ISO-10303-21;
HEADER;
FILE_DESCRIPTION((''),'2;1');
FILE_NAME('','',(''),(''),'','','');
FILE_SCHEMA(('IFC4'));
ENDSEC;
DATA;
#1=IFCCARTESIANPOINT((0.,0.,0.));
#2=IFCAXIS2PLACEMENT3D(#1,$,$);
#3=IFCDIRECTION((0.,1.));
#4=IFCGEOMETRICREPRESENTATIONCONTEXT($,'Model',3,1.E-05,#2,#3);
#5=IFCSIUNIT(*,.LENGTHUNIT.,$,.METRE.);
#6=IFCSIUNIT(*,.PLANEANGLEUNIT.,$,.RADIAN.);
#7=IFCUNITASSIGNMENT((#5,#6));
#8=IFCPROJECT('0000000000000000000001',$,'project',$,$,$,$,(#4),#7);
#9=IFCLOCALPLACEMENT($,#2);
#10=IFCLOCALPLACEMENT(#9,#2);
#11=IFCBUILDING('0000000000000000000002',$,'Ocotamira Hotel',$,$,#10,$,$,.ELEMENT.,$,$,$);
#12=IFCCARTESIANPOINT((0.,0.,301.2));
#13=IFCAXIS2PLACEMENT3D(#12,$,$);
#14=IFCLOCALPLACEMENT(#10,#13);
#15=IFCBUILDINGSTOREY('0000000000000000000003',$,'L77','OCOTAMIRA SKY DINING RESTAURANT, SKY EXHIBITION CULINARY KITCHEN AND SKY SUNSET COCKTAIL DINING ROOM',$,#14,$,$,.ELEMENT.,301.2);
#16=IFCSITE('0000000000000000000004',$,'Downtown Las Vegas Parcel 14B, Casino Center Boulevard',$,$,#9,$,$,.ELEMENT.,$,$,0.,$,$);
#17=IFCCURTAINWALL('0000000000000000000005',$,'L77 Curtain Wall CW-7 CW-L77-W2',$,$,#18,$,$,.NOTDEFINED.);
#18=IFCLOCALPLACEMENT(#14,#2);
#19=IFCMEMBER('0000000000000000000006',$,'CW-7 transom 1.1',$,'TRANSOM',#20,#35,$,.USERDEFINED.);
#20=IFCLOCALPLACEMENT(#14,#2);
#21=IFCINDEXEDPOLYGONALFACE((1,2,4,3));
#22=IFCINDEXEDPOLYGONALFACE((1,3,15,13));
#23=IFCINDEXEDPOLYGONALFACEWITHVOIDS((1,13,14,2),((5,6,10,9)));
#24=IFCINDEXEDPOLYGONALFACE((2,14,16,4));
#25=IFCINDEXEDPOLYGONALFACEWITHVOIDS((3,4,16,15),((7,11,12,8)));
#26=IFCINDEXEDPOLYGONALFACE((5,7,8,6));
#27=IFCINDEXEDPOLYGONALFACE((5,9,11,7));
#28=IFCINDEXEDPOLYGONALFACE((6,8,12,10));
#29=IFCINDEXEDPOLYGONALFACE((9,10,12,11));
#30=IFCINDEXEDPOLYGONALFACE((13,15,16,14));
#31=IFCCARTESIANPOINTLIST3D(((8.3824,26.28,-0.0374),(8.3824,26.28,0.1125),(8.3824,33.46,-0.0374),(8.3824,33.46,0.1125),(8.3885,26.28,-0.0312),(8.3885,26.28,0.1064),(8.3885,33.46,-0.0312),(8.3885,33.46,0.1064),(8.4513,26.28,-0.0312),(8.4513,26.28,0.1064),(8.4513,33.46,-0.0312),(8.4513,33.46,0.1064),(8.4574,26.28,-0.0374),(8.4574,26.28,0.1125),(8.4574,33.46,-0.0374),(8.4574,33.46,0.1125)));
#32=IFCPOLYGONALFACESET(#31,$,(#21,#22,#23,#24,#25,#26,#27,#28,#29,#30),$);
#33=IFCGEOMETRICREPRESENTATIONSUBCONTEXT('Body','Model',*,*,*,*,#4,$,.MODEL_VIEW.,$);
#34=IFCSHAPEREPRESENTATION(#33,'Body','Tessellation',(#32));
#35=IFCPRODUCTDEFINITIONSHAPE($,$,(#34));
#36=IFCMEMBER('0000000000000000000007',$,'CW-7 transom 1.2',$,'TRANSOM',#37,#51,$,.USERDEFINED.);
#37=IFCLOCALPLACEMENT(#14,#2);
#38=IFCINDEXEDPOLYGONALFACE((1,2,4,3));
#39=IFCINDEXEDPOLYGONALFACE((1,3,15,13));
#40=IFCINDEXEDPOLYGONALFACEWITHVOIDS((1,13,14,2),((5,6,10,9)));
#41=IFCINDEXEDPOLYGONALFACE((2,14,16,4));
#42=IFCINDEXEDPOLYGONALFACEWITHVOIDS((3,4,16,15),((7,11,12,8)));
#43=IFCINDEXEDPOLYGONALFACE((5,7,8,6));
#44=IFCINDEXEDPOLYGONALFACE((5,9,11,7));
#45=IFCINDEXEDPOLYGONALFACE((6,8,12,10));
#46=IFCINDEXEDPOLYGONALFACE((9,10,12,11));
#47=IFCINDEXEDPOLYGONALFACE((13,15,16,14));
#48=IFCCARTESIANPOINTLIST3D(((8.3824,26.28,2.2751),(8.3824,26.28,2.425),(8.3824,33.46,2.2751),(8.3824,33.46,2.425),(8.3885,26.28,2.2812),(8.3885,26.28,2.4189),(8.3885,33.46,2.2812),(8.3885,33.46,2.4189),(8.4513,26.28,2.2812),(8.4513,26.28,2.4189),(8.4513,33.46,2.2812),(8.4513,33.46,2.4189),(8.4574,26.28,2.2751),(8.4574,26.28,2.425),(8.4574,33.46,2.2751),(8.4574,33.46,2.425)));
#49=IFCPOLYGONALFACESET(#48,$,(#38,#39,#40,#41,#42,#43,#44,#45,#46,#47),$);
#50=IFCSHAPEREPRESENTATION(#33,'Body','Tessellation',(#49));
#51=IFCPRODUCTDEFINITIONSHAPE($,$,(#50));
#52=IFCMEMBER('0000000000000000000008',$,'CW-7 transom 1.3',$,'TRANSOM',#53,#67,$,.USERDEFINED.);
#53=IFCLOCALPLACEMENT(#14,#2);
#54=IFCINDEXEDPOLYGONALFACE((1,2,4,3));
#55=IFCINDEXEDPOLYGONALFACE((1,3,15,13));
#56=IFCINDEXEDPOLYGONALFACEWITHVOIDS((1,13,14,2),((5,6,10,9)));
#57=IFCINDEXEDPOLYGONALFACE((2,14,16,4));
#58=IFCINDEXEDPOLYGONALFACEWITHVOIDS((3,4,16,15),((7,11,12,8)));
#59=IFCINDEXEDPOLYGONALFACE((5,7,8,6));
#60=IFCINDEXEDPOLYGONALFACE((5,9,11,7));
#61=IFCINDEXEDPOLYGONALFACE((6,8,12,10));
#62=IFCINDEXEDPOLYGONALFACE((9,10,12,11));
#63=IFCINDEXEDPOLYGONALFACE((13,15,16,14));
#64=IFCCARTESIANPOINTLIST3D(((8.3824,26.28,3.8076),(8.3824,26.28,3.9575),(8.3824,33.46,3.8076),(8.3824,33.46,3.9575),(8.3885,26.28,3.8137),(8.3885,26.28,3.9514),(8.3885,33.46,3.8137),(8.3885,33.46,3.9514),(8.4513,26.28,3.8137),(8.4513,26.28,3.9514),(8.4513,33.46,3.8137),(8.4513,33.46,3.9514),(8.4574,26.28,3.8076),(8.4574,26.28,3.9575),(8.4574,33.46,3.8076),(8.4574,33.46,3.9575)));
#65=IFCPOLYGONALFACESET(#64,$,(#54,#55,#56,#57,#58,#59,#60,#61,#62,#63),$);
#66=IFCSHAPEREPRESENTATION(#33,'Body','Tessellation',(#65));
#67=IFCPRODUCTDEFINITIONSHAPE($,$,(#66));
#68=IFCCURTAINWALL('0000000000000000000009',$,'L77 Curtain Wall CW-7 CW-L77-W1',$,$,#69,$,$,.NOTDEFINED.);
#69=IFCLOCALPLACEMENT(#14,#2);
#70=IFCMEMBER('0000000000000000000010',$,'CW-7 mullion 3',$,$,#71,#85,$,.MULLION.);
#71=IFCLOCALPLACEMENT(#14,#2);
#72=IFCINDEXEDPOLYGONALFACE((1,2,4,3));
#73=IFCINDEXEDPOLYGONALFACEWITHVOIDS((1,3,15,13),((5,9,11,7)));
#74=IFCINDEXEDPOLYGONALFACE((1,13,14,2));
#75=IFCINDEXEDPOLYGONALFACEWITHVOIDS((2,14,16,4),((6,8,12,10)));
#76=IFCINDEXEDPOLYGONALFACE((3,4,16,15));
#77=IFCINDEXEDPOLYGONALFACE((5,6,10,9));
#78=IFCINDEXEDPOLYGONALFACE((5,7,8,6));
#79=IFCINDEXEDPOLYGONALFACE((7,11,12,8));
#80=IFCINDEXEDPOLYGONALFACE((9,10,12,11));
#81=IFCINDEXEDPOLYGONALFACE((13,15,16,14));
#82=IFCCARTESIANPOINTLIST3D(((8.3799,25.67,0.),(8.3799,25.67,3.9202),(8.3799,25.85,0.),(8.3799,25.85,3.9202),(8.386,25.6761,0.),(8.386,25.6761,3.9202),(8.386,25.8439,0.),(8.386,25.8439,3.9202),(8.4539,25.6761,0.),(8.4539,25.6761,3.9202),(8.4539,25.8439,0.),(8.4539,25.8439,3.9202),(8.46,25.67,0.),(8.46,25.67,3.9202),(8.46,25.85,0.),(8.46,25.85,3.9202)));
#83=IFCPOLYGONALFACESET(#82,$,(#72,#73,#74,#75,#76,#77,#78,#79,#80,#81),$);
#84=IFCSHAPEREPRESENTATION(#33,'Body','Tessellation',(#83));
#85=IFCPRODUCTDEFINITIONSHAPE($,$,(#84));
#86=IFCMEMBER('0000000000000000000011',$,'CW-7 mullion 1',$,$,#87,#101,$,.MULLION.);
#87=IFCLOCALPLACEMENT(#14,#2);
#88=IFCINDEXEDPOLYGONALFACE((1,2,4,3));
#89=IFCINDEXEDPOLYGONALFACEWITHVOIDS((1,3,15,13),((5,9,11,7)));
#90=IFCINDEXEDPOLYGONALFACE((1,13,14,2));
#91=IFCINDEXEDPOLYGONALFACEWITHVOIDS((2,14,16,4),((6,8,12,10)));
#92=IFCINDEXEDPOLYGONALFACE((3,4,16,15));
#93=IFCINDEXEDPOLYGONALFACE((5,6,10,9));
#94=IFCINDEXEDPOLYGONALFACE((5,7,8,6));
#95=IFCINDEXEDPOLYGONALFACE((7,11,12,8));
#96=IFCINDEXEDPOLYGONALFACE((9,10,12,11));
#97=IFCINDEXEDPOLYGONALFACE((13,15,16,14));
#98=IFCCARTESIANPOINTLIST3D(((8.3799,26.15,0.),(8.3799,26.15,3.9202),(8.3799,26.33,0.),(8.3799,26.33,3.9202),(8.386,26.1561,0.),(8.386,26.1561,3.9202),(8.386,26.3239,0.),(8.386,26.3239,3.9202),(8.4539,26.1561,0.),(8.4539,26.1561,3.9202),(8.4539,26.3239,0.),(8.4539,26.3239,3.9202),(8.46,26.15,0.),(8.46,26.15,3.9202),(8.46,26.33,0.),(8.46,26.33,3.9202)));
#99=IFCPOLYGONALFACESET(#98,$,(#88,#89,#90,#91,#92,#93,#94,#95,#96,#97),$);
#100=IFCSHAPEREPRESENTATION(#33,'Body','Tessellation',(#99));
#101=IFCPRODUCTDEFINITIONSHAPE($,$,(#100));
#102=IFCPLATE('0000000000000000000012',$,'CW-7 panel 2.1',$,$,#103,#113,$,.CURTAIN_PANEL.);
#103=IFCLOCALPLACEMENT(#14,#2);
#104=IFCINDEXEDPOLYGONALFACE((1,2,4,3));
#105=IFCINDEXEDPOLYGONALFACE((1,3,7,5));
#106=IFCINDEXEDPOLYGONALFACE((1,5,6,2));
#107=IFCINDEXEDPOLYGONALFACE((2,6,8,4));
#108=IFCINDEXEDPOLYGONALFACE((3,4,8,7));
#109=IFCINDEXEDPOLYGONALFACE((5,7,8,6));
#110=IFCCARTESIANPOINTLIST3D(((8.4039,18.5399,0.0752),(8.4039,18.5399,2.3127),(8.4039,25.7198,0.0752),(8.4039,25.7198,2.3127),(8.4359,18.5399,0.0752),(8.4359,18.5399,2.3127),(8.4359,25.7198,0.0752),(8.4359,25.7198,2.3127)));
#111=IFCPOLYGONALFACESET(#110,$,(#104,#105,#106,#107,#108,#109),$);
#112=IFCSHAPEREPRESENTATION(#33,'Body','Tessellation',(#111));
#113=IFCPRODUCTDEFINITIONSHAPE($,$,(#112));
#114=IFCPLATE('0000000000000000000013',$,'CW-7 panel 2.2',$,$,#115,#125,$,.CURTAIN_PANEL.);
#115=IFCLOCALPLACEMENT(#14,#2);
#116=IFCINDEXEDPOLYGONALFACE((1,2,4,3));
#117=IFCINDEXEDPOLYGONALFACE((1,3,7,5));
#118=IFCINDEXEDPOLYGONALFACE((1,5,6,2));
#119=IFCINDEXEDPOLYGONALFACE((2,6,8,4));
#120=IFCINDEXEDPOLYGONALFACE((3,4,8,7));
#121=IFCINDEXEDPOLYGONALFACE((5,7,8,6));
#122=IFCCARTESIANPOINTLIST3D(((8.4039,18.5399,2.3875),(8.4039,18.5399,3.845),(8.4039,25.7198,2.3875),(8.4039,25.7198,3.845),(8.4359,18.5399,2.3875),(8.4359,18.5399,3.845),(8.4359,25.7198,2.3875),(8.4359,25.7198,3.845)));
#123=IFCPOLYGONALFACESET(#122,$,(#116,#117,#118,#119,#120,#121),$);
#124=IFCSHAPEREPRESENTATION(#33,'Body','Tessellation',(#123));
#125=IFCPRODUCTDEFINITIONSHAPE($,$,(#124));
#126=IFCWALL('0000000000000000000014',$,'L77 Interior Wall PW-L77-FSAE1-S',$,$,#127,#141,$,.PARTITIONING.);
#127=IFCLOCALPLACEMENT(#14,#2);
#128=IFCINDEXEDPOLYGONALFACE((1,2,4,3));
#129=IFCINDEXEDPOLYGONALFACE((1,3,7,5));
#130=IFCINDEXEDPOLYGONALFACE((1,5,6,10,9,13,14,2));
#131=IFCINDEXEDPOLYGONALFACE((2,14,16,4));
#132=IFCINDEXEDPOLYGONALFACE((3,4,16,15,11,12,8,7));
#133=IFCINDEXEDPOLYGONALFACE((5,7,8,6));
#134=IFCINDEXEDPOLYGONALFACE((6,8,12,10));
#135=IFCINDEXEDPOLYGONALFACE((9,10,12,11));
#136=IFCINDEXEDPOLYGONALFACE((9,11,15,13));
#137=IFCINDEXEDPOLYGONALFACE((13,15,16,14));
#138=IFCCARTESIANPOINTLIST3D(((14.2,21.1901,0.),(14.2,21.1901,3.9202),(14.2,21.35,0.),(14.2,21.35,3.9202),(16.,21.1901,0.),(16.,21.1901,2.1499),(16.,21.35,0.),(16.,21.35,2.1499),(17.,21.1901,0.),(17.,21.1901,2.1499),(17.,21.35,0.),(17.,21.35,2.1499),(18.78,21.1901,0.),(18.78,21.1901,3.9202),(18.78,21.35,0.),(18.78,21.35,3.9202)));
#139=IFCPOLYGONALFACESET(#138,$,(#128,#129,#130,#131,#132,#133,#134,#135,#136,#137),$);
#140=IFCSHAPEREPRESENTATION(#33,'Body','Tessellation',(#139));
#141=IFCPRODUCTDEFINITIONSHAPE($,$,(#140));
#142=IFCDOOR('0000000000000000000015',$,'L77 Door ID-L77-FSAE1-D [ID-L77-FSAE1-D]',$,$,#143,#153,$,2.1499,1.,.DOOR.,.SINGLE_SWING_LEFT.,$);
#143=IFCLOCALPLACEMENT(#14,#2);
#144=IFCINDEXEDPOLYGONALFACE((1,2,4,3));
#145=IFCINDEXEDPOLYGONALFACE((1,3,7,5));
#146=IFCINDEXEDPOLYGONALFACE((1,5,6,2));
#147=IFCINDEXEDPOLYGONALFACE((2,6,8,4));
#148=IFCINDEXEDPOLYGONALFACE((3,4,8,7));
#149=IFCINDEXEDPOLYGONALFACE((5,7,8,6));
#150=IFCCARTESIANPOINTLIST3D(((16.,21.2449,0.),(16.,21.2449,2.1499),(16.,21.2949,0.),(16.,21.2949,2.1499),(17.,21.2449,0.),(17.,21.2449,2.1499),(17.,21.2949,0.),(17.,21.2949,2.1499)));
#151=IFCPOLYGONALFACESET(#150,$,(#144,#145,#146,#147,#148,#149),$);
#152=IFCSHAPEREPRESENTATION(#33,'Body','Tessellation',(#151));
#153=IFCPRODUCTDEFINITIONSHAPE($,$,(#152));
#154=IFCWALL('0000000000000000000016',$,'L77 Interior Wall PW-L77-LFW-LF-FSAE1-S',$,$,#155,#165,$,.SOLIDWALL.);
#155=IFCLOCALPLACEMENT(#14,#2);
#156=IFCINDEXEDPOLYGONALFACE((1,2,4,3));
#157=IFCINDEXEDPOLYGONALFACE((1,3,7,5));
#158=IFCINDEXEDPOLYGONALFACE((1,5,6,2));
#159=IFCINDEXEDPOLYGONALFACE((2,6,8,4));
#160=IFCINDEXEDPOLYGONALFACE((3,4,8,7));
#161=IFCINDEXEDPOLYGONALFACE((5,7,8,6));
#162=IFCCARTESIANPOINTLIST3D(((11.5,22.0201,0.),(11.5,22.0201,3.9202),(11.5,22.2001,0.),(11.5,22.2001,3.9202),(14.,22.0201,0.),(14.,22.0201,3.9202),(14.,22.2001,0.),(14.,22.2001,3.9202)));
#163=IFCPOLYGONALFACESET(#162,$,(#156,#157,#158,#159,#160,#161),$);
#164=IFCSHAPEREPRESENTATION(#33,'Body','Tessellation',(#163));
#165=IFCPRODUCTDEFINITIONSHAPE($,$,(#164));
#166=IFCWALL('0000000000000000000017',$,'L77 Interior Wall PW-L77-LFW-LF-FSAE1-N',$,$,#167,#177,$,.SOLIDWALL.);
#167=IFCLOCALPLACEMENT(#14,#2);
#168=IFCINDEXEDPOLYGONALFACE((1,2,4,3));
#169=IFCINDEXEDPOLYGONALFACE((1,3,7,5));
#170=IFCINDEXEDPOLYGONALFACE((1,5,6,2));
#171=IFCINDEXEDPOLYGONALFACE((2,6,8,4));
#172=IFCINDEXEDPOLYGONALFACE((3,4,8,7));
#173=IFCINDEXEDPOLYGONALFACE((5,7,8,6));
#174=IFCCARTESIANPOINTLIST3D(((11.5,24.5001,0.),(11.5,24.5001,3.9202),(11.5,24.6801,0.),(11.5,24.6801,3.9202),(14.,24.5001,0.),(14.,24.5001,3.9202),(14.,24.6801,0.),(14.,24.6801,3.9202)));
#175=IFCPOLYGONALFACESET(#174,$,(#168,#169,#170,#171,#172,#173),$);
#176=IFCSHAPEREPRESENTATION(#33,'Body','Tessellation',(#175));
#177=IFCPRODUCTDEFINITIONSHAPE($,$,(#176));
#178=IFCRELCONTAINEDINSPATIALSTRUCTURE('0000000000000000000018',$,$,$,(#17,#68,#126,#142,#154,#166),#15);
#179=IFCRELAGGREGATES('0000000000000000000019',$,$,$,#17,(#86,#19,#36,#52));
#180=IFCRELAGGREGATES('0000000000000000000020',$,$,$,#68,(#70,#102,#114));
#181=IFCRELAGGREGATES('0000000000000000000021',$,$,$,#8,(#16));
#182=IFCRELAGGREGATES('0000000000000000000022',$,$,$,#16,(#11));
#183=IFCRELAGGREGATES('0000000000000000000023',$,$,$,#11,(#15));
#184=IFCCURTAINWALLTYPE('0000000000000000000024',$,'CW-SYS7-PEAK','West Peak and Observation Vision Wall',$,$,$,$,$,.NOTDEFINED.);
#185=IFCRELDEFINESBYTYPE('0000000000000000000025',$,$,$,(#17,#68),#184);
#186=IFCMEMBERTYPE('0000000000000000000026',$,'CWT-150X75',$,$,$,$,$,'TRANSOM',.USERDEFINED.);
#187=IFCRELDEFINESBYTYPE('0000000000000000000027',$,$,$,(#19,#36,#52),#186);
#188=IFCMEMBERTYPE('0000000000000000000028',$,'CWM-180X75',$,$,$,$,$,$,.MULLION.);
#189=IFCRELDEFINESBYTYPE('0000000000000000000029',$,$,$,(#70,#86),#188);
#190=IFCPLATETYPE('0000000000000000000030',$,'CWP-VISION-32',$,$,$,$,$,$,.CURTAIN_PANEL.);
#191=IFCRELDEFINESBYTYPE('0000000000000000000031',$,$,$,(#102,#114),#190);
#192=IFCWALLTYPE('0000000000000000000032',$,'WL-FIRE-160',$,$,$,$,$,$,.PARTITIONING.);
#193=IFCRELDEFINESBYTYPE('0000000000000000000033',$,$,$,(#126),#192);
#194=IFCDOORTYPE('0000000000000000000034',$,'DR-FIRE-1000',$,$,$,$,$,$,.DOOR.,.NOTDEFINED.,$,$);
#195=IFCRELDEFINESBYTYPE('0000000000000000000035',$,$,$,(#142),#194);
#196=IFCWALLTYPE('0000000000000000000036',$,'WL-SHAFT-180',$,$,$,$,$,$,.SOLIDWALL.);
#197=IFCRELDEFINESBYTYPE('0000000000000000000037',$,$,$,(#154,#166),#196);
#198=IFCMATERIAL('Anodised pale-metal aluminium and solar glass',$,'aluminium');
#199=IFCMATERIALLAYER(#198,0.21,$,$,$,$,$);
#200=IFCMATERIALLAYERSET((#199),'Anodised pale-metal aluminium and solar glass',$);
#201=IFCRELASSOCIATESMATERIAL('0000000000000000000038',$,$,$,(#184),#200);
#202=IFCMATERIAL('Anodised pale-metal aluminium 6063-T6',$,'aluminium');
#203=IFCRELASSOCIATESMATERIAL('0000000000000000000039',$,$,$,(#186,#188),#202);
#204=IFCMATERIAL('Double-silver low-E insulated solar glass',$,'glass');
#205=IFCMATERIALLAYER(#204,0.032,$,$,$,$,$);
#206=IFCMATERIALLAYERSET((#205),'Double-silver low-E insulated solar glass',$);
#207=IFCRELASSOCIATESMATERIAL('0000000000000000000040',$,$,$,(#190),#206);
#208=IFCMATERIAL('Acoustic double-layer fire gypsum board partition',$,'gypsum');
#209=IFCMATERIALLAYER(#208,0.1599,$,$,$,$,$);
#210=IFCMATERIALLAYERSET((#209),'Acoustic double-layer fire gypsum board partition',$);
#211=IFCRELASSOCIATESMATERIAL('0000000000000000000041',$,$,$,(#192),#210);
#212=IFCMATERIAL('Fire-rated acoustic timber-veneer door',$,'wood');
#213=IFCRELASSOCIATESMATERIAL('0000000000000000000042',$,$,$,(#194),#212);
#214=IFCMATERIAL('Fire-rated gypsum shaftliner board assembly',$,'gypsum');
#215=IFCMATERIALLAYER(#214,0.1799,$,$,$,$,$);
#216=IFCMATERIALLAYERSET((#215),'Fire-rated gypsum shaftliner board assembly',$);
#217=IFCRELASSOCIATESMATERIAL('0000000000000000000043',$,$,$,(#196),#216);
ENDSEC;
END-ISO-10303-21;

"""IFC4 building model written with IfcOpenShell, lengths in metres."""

from ifc_helpers import new_model, si_unit, direction, frame, frame_2d, origin, origin_2d, place, context, subcontext, project, spatial, rectangle, hollow_rectangle, extrude, source, transform, mapped, material, layer, layer_set, material_profile, profile_set, type_object, element, fill, aggregate, save


model = new_model("IFC4")

# Units and contexts
model_context = context("Model", 3, precision=1e-05, world=origin(), true_north=direction((0.0, 1.0)))
body_context = subcontext(model_context, "Body", "Model", "MODEL_VIEW")
ifc_project = project(units=[si_unit("LENGTHUNIT", "METRE"), si_unit("PLANEANGLEUNIT", "RADIAN")], contexts=[model_context])

# Site, building, storey
site_placement = place(None, origin())
site = spatial("IfcSite", under=ifc_project, at=site_placement, Name="Downtown Las Vegas Parcel 14B, Casino Center Boulevard", CompositionType="ELEMENT", RefElevation=0.0)
building_placement = place(site_placement, origin())
building = spatial("IfcBuilding", under=site, at=building_placement, Name="Ocotamira Hotel", CompositionType="ELEMENT")
storey_placement = place(building_placement, frame((0.0, 0.0, 301.2)))
storey = spatial("IfcBuildingStorey", under=building, at=storey_placement, Name="L77", Description="OCOTAMIRA SKY DINING RESTAURANT, SKY EXHIBITION CULINARY KITCHEN AND SKY SUNSET COCKTAIL DINING ROOM", CompositionType="ELEMENT", Elevation=301.2)

# Curtain wall, members
ifc_material_1 = material(Name="Anodised pale-metal aluminium and solar glass", Category="aluminium")
ifc_layer_1 = layer(ifc_material_1, 0.21)
ifc_layer_set_1 = layer_set([ifc_layer_1], Name="Anodised pale-metal aluminium and solar glass")
curtain_wall_type = type_object("IfcCurtainWallType", Name="CW-SYS7-PEAK", Description="West Peak and Observation Vision Wall", PredefinedType="NOTDEFINED", material=ifc_layer_set_1)
curtain_wall_1_placement = place(storey_placement, origin())
curtain_wall_1 = element("IfcCurtainWall", 1, at=curtain_wall_1_placement, inside=storey, type_object=curtain_wall_type, Name="L77 Curtain Wall CW-7 CW-L77-W2", PredefinedType="NOTDEFINED")
ifc_material_2 = material(Name="Anodised pale-metal aluminium 6063-T6", Category="aluminium")
ifc_material_profile_1 = material_profile(ifc_material_2, hollow_rectangle(XDim=0.075, YDim=0.1499, WallThickness=0.0061, at=origin_2d()), Name="HSS150X75X6")
ifc_profile_set_1 = profile_set([ifc_material_profile_1], Name="Anodised pale-metal aluminium 6063-T6")
member_type_1 = type_object("IfcMemberType", Name="CWT-150X75", ElementType="TRANSOM", PredefinedType="USERDEFINED", material=ifc_profile_set_1)
shared_shape_1 = source(origin(), body_context, "Body", "SweptSolid", [
    extrude(hollow_rectangle(XDim=0.075, YDim=0.1499, WallThickness=0.0061, at=origin_2d()), origin(), (0.0, 0.0, 1.0), 7.1799),
])
member_1_placement = place(storey_placement, frame((8.4199, 26.28, 0.0376), z_axis=(0.0, 1.0, 0.0), x_axis=(-1.0, 0.0, 0.0)))
member_1 = element("IfcMember", 2, at=member_1_placement, type_object=member_type_1, Name="CW-7 transom 1.1", ObjectType="TRANSOM", PredefinedType="USERDEFINED", context=body_context, shape_type="MappedRepresentation", body=[
    mapped(shared_shape_1, transform((0.0, 0.0, 0.0), scale=1.0)),
])
member_2_placement = place(storey_placement, frame((8.4199, 26.28, 2.3501), z_axis=(0.0, 1.0, 0.0), x_axis=(-1.0, 0.0, 0.0)))
member_2 = element("IfcMember", 3, at=member_2_placement, type_object=member_type_1, Name="CW-7 transom 1.2", ObjectType="TRANSOM", PredefinedType="USERDEFINED", context=body_context, shape_type="MappedRepresentation", body=[
    mapped(shared_shape_1, transform((0.0, 0.0, 0.0), scale=1.0)),
])
member_3_placement = place(storey_placement, frame((8.4199, 26.28, 3.8826), z_axis=(0.0, 1.0, 0.0), x_axis=(-1.0, 0.0, 0.0)))
member_3 = element("IfcMember", 4, at=member_3_placement, type_object=member_type_1, Name="CW-7 transom 1.3", ObjectType="TRANSOM", PredefinedType="USERDEFINED", context=body_context, shape_type="MappedRepresentation", body=[
    mapped(shared_shape_1, transform((0.0, 0.0, 0.0), scale=1.0)),
])

# Curtain wall, member
curtain_wall_2_placement = place(storey_placement, origin())
curtain_wall_2 = element("IfcCurtainWall", 5, at=curtain_wall_2_placement, inside=storey, type_object=curtain_wall_type, Name="L77 Curtain Wall CW-7 CW-L77-W1", PredefinedType="NOTDEFINED")
ifc_material_profile_2 = material_profile(ifc_material_2, hollow_rectangle(XDim=0.0801, YDim=0.1799, WallThickness=0.0061, at=origin_2d()), Name="HSS180X80X6")
ifc_profile_set_2 = profile_set([ifc_material_profile_2], Name="Anodised pale-metal aluminium 6063-T6")
member_type_2 = type_object("IfcMemberType", Name="CWM-180X75", PredefinedType="MULLION", material=ifc_profile_set_2)
shared_shape_2 = source(origin(), body_context, "Body", "SweptSolid", [
    extrude(hollow_rectangle(XDim=0.0801, YDim=0.1799, WallThickness=0.0061, at=origin_2d()), origin(), (0.0, 0.0, 1.0), 3.9202),
])
member_4_placement = place(storey_placement, frame((8.4199, 25.76, 0.0), z_axis=(0.0, 0.0, 1.0), x_axis=(-1.0, 0.0, 0.0)))
member_4 = element("IfcMember", 6, at=member_4_placement, type_object=member_type_2, Name="CW-7 mullion 3", PredefinedType="MULLION", context=body_context, shape_type="MappedRepresentation", body=[
    mapped(shared_shape_2, transform((0.0, 0.0, 0.0), scale=1.0)),
])

# Member
member_5_placement = place(storey_placement, frame((8.4199, 26.24, 0.0), z_axis=(0.0, 0.0, 1.0), x_axis=(-1.0, 0.0, 0.0)))
member_5 = element("IfcMember", 7, at=member_5_placement, type_object=member_type_2, Name="CW-7 mullion 1", PredefinedType="MULLION", context=body_context, shape_type="MappedRepresentation", body=[
    mapped(shared_shape_2, transform((0.0, 0.0, 0.0), scale=1.0)),
])
aggregate(curtain_wall_1, [member_5, member_1, member_2, member_3])

# Plates
ifc_material_3 = material(Name="Double-silver low-E insulated solar glass", Category="glass")
ifc_layer_2 = layer(ifc_material_3, 0.032)
ifc_layer_set_2 = layer_set([ifc_layer_2], Name="Double-silver low-E insulated solar glass")
plate_type = type_object("IfcPlateType", Name="CWP-VISION-32", PredefinedType="CURTAIN_PANEL", material=ifc_layer_set_2)
shared_shape_3 = source(origin(), body_context, "Body", "SweptSolid", [
    extrude(rectangle(XDim=7.1799, YDim=0.032, at=origin_2d()), origin(), (0.0, 0.0, 1.0), 2.2375),
])
plate_1_placement = place(storey_placement, frame((8.4199, 22.1299, 0.0752), z_axis=(0.0, 0.0, 1.0), x_axis=(0.0, 1.0, 0.0)))
plate_1 = element("IfcPlate", 8, at=plate_1_placement, type_object=plate_type, Name="CW-7 panel 2.1", PredefinedType="CURTAIN_PANEL", context=body_context, shape_type="MappedRepresentation", body=[
    mapped(shared_shape_3, transform((0.0, 0.0, 0.0), scale=1.0)),
])
shared_shape_4 = source(origin(), body_context, "Body", "SweptSolid", [
    extrude(rectangle(XDim=7.1799, YDim=0.032, at=origin_2d()), origin(), (0.0, 0.0, 1.0), 1.4575),
])
plate_2_placement = place(storey_placement, frame((8.4199, 22.1299, 2.3875), z_axis=(0.0, 0.0, 1.0), x_axis=(0.0, 1.0, 0.0)))
plate_2 = element("IfcPlate", 9, at=plate_2_placement, type_object=plate_type, Name="CW-7 panel 2.2", PredefinedType="CURTAIN_PANEL", context=body_context, shape_type="MappedRepresentation", body=[
    mapped(shared_shape_4, transform((0.0, 0.0, 0.0), scale=1.0)),
])
aggregate(curtain_wall_2, [member_4, plate_1, plate_2])

# Wall, opening, door
ifc_material_4 = material(Name="Acoustic double-layer fire gypsum board partition", Category="gypsum")
ifc_layer_3 = layer(ifc_material_4, 0.1599)
ifc_layer_set_3 = layer_set([ifc_layer_3], Name="Acoustic double-layer fire gypsum board partition")
wall_type_1 = type_object("IfcWallType", Name="WL-FIRE-160", PredefinedType="PARTITIONING", material=ifc_layer_set_3)
wall_1_placement = place(storey_placement, frame((14.2, 21.27, 0.0), z_axis=(0.0, 0.0, 1.0), x_axis=(1.0, 0.0, 0.0)))
wall_1 = element("IfcWall", 10, at=wall_1_placement, inside=storey, type_object=wall_type_1, Name="L77 Interior Wall PW-L77-FSAE1-S", PredefinedType="PARTITIONING", context=body_context, shape_type="SweptSolid", body=[
    extrude(rectangle(XDim=4.5801, YDim=0.1599, at=frame_2d((2.29, 0.0))), origin(), (0.0, 0.0, 1.0), 3.9202),
])
opening_1_placement = place(wall_1_placement, frame((1.8, 0.0, 0.0)))
opening_1 = element("IfcOpeningElement", 11, at=opening_1_placement, cuts=wall_1, PredefinedType="OPENING", context=body_context, shape_type="SweptSolid", body=[
    extrude(rectangle(XDim=1.0, YDim=2.1499, at=frame_2d((0.5, 1.075))), frame((0.0, 0.0898, 0.0), z_axis=(0.0, -1.0, 0.0), x_axis=(1.0, 0.0, 0.0)), (0.0, 0.0, 1.0), 0.1799),
])
ifc_material_5 = material(Name="Fire-rated acoustic timber-veneer door", Category="wood")
door_type_1 = type_object("IfcDoorType", Name="DR-FIRE-1000", OperationType="NOTDEFINED", PredefinedType="DOOR", material=ifc_material_5)
shared_shape_5 = source(origin(), body_context, "Body", "SweptSolid", [
    extrude(rectangle(XDim=1.0, YDim=2.1499, at=frame_2d((0.5, 1.075))), frame((0.0, 0.0249, 0.0), z_axis=(0.0, -1.0, 0.0), x_axis=(1.0, 0.0, 0.0)), (0.0, 0.0, 1.0), 0.05),
])
door_1_placement = place(opening_1_placement, origin())
door_1 = element("IfcDoor", 12, at=door_1_placement, inside=storey, type_object=door_type_1, Name="L77 Door ID-L77-FSAE1-D [ID-L77-FSAE1-D]", OperationType="SINGLE_SWING_LEFT", OverallHeight=2.1499, OverallWidth=1.0, PredefinedType="DOOR", context=body_context, shape_type="MappedRepresentation", body=[
    mapped(shared_shape_5, transform((0.0, 0.0, 0.0), scale=1.0)),
])
fill(opening_1, door_1)

# Walls
ifc_material_6 = material(Name="Fire-rated gypsum shaftliner board assembly", Category="gypsum")
ifc_layer_4 = layer(ifc_material_6, 0.1799)
ifc_layer_set_4 = layer_set([ifc_layer_4], Name="Fire-rated gypsum shaftliner board assembly")
wall_type_2 = type_object("IfcWallType", Name="WL-SHAFT-180", PredefinedType="SOLIDWALL", material=ifc_layer_set_4)
for number, where, z_axis, x_axis, name in (
    (13, (11.5, 22.1101, 0.0), (0.0, 0.0, 1.0), (1.0, 0.0, 0.0), "L77 Interior Wall PW-L77-LFW-LF-FSAE1-S"),
    (14, (11.5, 24.5901, 0.0), (0.0, 0.0, 1.0), (1.0, 0.0, 0.0), "L77 Interior Wall PW-L77-LFW-LF-FSAE1-N"),
):
    element("IfcWall", number, at=place(storey_placement, frame(where, z_axis=z_axis, x_axis=x_axis)), inside=storey, type_object=wall_type_2, Name=name, PredefinedType="SOLIDWALL", context=body_context, shape_type="SweptSolid", body=[
        extrude(rectangle(XDim=2.5, YDim=0.1799, at=frame_2d((1.25, 0.0))), origin(), (0.0, 0.0, 1.0), 3.9202),
    ])

save(model, "model.ifc")
